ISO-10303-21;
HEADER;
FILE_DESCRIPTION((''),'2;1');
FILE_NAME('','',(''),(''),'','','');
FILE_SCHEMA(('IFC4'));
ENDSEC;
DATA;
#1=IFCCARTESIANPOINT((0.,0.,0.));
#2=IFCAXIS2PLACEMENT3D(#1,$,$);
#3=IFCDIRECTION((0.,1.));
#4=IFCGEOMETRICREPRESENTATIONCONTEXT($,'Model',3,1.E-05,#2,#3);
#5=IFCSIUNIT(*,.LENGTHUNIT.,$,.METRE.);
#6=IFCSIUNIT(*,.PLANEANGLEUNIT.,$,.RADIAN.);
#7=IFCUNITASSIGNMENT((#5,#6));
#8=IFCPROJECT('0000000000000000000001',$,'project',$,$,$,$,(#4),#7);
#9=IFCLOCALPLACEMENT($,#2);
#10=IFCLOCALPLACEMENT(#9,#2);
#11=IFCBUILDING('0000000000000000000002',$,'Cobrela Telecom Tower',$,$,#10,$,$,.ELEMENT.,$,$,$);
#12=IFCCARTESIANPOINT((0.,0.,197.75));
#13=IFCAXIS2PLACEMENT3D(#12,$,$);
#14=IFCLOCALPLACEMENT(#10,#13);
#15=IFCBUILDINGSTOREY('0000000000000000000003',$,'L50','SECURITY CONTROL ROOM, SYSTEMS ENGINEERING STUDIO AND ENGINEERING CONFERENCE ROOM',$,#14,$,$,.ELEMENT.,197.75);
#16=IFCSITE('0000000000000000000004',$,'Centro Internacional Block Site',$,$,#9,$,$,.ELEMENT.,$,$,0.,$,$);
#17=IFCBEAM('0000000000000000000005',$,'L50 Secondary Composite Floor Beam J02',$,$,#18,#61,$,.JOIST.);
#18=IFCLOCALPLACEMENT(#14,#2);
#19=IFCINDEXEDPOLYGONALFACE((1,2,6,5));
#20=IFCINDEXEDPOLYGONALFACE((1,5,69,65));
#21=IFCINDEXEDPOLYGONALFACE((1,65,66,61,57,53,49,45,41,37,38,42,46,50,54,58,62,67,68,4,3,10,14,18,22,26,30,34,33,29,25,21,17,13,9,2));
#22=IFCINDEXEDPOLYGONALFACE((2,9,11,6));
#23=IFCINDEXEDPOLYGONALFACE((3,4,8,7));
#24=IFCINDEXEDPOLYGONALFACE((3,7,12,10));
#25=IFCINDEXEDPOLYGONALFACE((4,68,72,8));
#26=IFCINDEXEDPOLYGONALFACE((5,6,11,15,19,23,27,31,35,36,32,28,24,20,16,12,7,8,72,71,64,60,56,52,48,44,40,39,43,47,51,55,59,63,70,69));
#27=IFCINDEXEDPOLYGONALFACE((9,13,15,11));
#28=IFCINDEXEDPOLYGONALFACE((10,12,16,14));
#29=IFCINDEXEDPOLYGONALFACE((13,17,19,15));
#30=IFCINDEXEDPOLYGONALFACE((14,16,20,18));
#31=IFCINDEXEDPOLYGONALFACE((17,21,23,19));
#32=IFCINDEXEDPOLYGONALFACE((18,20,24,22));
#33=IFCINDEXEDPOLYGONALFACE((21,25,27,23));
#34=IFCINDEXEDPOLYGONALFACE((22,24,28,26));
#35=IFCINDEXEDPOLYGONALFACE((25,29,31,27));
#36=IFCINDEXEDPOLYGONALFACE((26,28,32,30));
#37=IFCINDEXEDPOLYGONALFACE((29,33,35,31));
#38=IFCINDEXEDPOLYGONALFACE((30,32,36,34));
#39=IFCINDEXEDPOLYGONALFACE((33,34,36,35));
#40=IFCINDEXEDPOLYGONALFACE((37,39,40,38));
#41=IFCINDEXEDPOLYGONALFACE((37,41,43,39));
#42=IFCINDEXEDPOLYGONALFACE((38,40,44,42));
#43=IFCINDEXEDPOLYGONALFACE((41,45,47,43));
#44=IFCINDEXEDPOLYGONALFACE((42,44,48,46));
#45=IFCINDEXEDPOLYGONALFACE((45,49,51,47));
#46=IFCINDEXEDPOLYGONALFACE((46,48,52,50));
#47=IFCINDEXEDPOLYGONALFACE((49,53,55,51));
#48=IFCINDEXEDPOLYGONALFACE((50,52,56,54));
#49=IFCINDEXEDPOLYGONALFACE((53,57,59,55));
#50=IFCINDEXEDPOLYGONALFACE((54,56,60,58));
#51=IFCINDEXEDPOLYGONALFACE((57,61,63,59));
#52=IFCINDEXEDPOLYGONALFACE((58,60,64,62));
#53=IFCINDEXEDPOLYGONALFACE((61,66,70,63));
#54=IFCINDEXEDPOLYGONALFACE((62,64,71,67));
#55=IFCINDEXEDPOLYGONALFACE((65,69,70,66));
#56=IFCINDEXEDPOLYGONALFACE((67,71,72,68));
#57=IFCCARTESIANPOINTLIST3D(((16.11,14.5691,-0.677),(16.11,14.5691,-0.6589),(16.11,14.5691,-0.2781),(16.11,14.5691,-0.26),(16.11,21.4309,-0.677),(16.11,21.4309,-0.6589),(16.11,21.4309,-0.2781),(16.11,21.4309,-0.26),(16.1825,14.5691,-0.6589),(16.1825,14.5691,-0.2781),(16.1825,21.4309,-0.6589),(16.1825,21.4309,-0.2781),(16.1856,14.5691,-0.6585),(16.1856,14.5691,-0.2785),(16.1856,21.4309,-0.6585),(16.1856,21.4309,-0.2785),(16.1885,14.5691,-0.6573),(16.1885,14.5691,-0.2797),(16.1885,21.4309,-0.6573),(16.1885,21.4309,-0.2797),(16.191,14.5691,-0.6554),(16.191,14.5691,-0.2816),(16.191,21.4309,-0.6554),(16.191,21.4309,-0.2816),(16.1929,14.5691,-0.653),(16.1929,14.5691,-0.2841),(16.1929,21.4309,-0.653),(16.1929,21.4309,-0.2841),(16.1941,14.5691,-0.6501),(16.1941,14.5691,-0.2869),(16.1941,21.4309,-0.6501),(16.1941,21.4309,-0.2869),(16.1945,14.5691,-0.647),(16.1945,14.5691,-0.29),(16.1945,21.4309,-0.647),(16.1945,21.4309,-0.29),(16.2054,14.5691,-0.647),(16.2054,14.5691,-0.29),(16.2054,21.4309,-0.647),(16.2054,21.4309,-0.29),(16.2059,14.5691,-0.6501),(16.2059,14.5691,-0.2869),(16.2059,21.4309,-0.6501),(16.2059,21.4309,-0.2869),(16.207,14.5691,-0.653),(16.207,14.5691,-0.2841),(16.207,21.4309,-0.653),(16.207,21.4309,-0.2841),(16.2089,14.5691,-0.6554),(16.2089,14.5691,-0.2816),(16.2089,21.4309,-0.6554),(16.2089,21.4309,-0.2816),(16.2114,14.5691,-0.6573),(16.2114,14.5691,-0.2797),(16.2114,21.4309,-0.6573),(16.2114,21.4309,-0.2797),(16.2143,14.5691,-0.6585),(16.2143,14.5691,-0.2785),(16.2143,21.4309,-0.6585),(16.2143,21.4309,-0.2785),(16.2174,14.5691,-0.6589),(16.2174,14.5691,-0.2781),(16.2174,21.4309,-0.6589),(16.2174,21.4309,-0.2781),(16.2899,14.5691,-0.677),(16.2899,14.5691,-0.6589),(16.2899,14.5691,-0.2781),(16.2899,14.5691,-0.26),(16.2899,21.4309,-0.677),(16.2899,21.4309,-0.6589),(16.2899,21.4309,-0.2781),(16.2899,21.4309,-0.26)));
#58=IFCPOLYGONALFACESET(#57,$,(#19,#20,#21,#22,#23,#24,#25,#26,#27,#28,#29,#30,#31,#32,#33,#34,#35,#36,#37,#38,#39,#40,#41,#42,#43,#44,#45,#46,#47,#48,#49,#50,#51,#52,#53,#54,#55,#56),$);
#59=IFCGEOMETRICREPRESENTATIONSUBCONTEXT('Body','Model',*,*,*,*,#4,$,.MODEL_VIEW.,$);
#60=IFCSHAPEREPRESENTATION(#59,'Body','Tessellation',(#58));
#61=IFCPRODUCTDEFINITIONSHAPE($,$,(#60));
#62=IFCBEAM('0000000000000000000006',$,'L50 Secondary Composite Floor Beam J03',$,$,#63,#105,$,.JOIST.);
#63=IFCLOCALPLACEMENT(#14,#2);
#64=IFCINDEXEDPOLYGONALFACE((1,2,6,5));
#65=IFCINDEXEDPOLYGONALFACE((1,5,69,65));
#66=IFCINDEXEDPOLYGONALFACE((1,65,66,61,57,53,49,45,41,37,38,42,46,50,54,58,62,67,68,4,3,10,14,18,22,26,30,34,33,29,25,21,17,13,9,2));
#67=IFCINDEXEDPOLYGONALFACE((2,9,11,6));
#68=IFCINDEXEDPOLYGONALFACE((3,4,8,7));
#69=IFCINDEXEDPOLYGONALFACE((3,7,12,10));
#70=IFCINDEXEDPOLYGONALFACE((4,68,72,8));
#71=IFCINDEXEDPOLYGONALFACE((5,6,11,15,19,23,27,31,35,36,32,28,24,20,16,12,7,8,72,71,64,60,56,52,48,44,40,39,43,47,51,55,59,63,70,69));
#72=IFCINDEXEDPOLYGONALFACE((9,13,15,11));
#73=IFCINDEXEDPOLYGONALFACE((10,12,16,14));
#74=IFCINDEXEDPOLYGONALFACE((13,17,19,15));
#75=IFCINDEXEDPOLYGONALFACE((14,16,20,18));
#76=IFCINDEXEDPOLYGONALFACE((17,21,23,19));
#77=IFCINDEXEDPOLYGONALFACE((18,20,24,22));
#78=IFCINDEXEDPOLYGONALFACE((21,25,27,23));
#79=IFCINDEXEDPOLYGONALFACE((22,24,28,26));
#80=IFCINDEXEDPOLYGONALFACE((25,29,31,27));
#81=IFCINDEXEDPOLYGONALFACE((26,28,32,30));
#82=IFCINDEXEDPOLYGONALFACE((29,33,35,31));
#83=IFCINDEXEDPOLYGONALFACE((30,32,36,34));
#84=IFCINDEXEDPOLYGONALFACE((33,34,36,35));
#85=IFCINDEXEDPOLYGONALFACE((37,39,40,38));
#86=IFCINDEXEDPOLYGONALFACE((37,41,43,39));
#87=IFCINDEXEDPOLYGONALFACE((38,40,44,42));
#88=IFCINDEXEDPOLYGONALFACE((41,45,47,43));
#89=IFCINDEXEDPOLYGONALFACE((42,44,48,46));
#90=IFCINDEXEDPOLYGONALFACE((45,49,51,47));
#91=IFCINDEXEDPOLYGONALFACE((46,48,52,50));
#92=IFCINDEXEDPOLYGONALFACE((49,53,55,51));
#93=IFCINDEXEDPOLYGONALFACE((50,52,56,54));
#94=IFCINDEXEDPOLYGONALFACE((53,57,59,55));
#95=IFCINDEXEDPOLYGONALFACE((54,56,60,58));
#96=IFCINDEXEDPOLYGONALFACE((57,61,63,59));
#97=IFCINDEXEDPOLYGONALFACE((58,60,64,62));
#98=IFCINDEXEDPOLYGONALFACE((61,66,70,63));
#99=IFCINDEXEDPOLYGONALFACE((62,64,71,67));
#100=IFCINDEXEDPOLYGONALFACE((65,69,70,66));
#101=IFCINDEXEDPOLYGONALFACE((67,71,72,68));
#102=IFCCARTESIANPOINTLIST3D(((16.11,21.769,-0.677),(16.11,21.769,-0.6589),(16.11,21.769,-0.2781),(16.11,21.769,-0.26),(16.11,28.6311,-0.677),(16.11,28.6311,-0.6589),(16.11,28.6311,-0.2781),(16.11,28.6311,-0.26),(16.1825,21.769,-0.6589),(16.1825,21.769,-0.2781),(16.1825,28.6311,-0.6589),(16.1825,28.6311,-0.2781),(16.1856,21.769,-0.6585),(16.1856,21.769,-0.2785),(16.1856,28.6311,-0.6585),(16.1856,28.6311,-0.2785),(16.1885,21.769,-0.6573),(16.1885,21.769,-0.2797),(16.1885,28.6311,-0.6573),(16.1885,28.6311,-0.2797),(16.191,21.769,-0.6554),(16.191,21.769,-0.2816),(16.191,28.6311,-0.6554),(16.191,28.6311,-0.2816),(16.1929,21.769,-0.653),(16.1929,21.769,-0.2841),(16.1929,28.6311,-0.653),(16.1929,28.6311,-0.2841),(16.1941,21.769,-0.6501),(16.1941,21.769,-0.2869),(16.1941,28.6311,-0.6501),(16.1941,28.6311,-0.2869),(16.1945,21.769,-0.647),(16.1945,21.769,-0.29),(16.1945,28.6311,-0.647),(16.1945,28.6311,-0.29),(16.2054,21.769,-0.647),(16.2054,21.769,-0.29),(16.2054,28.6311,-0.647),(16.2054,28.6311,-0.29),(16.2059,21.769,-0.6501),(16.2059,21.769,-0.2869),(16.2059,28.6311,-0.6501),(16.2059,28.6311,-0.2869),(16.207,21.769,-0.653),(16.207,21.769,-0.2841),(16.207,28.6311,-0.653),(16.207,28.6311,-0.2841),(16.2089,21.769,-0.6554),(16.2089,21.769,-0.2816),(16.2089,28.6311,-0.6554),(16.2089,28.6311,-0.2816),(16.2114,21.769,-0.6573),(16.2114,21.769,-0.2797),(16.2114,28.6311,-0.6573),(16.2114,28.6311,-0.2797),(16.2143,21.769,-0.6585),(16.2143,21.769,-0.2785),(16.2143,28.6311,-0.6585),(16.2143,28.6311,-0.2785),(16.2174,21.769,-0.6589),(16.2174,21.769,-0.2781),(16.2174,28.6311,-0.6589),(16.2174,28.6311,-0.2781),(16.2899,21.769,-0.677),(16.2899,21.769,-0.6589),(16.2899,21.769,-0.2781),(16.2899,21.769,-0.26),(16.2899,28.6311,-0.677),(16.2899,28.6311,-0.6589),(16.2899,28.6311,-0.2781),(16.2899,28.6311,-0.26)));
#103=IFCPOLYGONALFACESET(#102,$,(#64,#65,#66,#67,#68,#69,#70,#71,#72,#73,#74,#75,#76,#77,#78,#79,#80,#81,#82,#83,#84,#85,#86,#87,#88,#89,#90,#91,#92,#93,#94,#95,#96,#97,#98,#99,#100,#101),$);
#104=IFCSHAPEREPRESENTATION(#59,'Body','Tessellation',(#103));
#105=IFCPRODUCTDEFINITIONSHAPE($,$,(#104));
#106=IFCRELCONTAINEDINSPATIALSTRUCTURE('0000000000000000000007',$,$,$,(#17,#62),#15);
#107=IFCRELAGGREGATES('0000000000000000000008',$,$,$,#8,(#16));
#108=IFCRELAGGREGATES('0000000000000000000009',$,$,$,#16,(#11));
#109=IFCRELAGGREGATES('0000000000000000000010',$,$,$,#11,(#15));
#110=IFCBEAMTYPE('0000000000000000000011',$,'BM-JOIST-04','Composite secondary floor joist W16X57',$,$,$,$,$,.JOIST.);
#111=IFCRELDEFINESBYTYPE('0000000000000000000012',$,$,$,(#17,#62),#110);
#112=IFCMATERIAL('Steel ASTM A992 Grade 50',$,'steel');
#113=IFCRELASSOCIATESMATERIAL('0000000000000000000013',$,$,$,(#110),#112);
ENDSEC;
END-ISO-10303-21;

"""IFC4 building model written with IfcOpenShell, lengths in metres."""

from ifc_helpers import new_model, si_unit, direction, frame, origin, origin_2d, place, context, subcontext, project, spatial, i_section, extrude, material, material_profile, profile_set, type_object, element, save


model = new_model("IFC4")

# Units and contexts
model_context = context("Model", 3, precision=1e-05, world=origin(), true_north=direction((0.0, 1.0)))
body_context = subcontext(model_context, "Body", "Model", "MODEL_VIEW")
ifc_project = project(units=[si_unit("LENGTHUNIT", "METRE"), si_unit("PLANEANGLEUNIT", "RADIAN")], contexts=[model_context])

# Site, building, storey
site_placement = place(None, origin())
site = spatial("IfcSite", under=ifc_project, at=site_placement, Name="Centro Internacional Block Site", CompositionType="ELEMENT", RefElevation=0.0)
building_placement = place(site_placement, origin())
building = spatial("IfcBuilding", under=site, at=building_placement, Name="Cobrela Telecom Tower", CompositionType="ELEMENT")
storey_placement = place(building_placement, frame((0.0, 0.0, 197.75)))
storey = spatial("IfcBuildingStorey", under=building, at=storey_placement, Name="L50", Description="SECURITY CONTROL ROOM, SYSTEMS ENGINEERING STUDIO AND ENGINEERING CONFERENCE ROOM", CompositionType="ELEMENT", Elevation=197.75)

# Beams
ifc_material_1 = material(Name="Steel ASTM A992 Grade 50", Category="steel")
ifc_material_profile_1 = material_profile(ifc_material_1, i_section(OverallWidth=0.1799, OverallDepth=0.417, WebThickness=0.011, FlangeThickness=0.0181, FilletRadius=0.012, at=origin_2d()), Name="W16X57")
ifc_profile_set_1 = profile_set([ifc_material_profile_1], Name="Steel ASTM A992 Grade 50")
beam_type_1 = type_object("IfcBeamType", Name="BM-JOIST-04", Description="Composite secondary floor joist W16X57", PredefinedType="JOIST", material=ifc_profile_set_1)
beam_1_placement = place(storey_placement, frame((16.2, 14.5691, -0.4685), z_axis=(0.0, 1.0, 0.0), x_axis=(-1.0, 0.0, 0.0)))
element("IfcBeam", 1, at=beam_1_placement, inside=storey, type_object=beam_type_1, Name="L50 Secondary Composite Floor Beam J02", PredefinedType="JOIST", context=body_context, shape_type="SweptSolid", body=[
    extrude(i_section(OverallWidth=0.1799, OverallDepth=0.417, WebThickness=0.011, FlangeThickness=0.0181, FilletRadius=0.012, at=origin_2d()), origin(), (0.0, 0.0, 1.0), 6.8618),
])
beam_2_placement = place(storey_placement, frame((16.2, 21.769, -0.4685), z_axis=(0.0, 1.0, 0.0), x_axis=(-1.0, 0.0, 0.0)))
element("IfcBeam", 2, at=beam_2_placement, inside=storey, type_object=beam_type_1, Name="L50 Secondary Composite Floor Beam J03", PredefinedType="JOIST", context=body_context, shape_type="SweptSolid", body=[
    extrude(i_section(OverallWidth=0.1799, OverallDepth=0.417, WebThickness=0.011, FlangeThickness=0.0181, FilletRadius=0.012, at=origin_2d()), origin(), (0.0, 0.0, 1.0), 6.8621),
])

save(model, "model.ifc")
